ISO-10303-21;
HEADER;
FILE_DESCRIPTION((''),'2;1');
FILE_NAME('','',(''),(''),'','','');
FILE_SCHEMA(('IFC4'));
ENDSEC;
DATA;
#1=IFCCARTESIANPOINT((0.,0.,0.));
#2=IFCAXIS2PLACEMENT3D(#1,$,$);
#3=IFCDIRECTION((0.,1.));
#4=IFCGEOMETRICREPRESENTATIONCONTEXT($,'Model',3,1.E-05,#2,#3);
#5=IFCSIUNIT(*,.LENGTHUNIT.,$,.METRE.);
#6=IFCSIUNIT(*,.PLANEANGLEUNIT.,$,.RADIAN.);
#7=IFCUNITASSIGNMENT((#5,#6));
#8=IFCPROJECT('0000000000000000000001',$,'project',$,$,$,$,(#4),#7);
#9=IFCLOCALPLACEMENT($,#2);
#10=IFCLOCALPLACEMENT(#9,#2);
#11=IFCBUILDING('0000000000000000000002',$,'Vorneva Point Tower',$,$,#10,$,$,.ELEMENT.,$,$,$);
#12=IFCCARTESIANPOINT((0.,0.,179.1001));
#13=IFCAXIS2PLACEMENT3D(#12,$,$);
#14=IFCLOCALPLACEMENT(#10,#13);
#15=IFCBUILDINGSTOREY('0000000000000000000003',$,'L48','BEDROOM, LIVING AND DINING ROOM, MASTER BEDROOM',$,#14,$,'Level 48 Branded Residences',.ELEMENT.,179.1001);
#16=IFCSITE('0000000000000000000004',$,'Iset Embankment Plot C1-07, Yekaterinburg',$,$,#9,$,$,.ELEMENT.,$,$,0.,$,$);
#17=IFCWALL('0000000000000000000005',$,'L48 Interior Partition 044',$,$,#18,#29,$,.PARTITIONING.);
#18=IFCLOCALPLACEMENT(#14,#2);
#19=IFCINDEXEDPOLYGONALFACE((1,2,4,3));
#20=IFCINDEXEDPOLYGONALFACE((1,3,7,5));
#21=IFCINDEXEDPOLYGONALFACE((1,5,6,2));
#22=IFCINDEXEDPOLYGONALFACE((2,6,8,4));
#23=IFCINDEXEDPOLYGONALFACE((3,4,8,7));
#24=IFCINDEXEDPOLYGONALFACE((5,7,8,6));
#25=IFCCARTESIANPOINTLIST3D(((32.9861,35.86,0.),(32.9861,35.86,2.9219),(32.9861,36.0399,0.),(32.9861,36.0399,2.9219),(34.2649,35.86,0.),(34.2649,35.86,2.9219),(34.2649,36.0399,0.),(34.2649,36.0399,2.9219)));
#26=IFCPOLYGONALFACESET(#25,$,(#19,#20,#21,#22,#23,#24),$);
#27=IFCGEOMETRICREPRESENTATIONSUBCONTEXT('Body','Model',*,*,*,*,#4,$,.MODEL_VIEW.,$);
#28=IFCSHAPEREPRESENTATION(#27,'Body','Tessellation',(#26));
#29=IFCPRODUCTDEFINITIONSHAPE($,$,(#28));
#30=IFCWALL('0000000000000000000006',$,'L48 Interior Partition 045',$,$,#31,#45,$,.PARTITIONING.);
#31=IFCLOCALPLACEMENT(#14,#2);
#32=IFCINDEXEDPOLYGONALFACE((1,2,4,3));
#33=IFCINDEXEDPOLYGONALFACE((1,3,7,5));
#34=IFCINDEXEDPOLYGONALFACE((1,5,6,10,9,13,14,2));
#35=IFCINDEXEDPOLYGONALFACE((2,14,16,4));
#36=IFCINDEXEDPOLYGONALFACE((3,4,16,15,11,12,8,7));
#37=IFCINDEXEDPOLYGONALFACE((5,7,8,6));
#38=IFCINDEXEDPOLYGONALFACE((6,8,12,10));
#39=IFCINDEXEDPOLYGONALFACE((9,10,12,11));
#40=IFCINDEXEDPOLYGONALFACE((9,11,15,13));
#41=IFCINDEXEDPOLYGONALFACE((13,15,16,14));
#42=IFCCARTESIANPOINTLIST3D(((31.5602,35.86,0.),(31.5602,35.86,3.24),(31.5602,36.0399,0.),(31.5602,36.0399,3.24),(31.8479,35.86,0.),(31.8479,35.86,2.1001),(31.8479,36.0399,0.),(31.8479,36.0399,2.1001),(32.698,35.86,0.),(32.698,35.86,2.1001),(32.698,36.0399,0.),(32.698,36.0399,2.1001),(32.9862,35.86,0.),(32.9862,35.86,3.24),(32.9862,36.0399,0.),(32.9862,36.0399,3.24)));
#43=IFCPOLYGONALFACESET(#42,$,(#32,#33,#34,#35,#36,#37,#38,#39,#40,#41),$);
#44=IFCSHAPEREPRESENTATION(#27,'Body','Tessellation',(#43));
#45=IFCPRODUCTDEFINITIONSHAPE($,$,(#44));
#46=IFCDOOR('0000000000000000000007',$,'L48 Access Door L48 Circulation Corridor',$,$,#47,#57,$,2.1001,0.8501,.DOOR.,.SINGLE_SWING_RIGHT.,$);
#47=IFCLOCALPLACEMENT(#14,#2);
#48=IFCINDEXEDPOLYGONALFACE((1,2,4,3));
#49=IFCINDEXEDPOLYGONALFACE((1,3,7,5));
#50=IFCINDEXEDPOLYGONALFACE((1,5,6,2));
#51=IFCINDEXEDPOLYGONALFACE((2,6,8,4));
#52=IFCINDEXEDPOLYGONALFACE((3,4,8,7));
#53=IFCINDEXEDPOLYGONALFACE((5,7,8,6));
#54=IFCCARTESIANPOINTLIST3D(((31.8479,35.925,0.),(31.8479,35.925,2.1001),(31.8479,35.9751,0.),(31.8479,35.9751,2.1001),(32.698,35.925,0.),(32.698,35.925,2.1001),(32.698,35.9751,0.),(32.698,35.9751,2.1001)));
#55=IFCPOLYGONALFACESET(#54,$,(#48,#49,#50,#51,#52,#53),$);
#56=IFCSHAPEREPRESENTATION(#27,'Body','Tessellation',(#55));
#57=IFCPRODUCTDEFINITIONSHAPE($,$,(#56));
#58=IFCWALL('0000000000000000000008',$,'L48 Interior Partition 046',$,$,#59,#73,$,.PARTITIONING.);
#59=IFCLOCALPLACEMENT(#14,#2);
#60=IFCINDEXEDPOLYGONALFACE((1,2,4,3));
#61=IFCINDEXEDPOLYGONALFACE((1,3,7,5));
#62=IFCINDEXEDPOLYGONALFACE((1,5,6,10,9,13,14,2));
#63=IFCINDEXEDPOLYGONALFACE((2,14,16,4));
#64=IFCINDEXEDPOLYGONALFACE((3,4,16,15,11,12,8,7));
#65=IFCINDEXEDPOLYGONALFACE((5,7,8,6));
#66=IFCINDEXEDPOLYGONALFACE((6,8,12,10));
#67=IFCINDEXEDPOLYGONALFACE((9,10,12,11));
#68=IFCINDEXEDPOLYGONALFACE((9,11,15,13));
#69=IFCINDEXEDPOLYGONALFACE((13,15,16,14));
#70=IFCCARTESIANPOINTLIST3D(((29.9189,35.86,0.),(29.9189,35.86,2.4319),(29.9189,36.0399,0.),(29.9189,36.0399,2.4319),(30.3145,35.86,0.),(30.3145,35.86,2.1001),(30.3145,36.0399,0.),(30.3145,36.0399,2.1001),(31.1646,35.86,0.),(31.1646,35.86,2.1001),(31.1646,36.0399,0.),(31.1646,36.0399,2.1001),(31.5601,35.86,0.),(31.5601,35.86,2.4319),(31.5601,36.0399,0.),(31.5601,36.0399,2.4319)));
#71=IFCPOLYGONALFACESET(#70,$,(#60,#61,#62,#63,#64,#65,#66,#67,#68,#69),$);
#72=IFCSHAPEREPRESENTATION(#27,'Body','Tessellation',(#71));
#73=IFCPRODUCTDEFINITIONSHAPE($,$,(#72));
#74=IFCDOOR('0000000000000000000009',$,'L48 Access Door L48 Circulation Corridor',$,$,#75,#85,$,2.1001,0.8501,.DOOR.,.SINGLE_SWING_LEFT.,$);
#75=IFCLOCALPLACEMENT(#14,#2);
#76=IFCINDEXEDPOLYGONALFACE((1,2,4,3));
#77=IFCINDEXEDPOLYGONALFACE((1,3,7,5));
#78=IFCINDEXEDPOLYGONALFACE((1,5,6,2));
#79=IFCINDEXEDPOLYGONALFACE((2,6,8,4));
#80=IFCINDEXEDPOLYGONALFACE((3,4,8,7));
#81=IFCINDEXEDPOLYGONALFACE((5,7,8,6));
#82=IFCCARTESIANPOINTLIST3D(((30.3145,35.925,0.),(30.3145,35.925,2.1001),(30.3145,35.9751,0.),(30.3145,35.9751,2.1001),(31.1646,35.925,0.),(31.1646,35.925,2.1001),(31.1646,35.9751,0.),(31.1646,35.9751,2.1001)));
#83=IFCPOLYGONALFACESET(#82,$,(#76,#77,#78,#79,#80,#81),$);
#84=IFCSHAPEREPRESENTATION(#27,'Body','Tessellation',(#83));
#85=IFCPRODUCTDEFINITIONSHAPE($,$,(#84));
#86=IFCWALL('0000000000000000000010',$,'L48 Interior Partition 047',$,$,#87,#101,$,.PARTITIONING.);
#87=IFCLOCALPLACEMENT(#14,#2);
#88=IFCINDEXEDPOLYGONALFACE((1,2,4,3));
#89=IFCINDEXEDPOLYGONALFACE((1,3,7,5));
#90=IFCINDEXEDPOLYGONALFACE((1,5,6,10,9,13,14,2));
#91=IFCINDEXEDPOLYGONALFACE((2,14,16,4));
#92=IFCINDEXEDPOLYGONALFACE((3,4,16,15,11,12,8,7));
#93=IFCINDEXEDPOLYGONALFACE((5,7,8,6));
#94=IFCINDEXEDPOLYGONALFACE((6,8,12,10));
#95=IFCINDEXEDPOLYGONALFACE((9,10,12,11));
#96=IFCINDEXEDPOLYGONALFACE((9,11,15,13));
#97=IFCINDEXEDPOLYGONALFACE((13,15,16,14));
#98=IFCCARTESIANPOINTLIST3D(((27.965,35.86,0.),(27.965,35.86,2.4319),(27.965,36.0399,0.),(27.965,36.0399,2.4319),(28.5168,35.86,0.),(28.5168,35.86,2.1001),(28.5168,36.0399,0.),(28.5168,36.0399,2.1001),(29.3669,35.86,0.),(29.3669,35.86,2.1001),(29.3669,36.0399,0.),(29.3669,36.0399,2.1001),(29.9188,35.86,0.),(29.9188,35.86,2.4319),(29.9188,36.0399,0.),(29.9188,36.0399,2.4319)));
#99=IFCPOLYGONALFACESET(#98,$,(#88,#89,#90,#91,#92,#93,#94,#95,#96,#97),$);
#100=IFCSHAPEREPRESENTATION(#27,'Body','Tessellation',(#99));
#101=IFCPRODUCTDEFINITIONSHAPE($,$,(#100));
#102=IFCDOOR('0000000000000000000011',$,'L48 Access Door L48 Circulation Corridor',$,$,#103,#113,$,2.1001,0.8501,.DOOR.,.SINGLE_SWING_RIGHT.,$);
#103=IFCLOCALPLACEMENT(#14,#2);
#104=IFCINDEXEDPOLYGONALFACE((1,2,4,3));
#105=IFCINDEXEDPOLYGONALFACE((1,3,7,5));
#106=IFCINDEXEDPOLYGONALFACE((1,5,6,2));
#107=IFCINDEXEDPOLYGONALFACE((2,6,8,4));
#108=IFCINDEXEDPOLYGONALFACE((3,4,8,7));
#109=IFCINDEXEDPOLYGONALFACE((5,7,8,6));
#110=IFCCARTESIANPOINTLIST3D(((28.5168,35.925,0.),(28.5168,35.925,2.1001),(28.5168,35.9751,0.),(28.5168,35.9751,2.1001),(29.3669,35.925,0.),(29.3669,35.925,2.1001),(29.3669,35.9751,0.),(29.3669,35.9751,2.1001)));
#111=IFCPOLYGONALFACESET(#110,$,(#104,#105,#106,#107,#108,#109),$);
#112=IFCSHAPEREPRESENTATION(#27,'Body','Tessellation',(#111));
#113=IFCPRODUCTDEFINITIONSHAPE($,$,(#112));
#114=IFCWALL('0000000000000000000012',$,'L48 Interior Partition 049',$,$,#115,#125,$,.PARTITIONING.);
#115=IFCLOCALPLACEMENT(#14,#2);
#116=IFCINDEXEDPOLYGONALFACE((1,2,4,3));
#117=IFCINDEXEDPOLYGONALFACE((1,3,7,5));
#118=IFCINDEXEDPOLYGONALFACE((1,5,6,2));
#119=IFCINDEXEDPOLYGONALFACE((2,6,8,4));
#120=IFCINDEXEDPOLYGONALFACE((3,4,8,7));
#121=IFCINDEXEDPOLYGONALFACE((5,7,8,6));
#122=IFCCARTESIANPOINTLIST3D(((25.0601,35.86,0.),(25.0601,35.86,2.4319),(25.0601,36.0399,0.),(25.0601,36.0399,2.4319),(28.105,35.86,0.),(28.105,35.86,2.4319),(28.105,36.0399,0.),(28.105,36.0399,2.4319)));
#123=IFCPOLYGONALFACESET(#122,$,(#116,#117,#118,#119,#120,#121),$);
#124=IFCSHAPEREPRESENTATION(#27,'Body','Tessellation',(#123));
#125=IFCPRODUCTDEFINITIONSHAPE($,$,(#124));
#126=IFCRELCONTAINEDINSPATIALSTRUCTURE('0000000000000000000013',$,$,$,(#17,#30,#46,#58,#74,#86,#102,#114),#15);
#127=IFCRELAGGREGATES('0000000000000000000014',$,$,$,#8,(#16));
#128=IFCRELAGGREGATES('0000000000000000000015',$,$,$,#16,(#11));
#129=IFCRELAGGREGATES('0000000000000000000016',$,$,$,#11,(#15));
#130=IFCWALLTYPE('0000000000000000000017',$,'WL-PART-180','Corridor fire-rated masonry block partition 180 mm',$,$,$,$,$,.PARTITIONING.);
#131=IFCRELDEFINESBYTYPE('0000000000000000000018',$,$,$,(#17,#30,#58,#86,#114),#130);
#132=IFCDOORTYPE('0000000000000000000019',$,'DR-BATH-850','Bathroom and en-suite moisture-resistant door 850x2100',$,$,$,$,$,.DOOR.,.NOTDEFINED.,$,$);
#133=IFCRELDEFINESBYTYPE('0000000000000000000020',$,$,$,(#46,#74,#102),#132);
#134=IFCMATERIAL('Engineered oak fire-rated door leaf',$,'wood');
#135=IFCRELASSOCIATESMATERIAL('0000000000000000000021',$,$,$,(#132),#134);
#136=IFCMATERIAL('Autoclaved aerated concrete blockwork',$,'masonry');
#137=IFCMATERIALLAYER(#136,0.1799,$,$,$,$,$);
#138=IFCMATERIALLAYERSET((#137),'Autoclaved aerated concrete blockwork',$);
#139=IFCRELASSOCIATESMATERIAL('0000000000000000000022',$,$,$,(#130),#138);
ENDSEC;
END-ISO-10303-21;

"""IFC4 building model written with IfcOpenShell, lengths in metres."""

from ifc_helpers import new_model, si_unit, direction, frame, frame_2d, origin, place, context, subcontext, project, spatial, rectangle, extrude, material, layer, layer_set, type_object, element, fill, save


model = new_model("IFC4")

# Units and contexts
model_context = context("Model", 3, precision=1e-05, world=origin(), true_north=direction((0.0, 1.0)))
body_context = subcontext(model_context, "Body", "Model", "MODEL_VIEW")
ifc_project = project(units=[si_unit("LENGTHUNIT", "METRE"), si_unit("PLANEANGLEUNIT", "RADIAN")], contexts=[model_context])

# Site, building, storey
site_placement = place(None, origin())
site = spatial("IfcSite", under=ifc_project, at=site_placement, Name="Iset Embankment Plot C1-07, Yekaterinburg", CompositionType="ELEMENT", RefElevation=0.0)
building_placement = place(site_placement, origin())
building = spatial("IfcBuilding", under=site, at=building_placement, Name="Vorneva Point Tower", CompositionType="ELEMENT")
storey_placement = place(building_placement, frame((0.0, 0.0, 179.1001)))
storey = spatial("IfcBuildingStorey", under=building, at=storey_placement, Name="L48", Description="BEDROOM, LIVING AND DINING ROOM, MASTER BEDROOM", LongName="Level 48 Branded Residences", CompositionType="ELEMENT", Elevation=179.1001)

# Shared definitions
ifc_material_1 = material(Name="Engineered oak fire-rated door leaf", Category="wood")
door_type_1 = type_object("IfcDoorType", Name="DR-BATH-850", Description="Bathroom and en-suite moisture-resistant door 850x2100", OperationType="NOTDEFINED", PredefinedType="DOOR", material=ifc_material_1)

# Shared definitions
ifc_material_2 = material(Name="Autoclaved aerated concrete blockwork", Category="masonry")
ifc_layer_1 = layer(ifc_material_2, 0.1799)
ifc_layer_set_1 = layer_set([ifc_layer_1], Name="Autoclaved aerated concrete blockwork")
wall_type_1 = type_object("IfcWallType", Name="WL-PART-180", Description="Corridor fire-rated masonry block partition 180 mm", PredefinedType="PARTITIONING", material=ifc_layer_set_1)

# Wall
wall_1_placement = place(storey_placement, frame((34.2649, 35.95, 0.0), z_axis=(0.0, 0.0, 1.0), x_axis=(-1.0, 0.0, 0.0)))
element("IfcWall", 1, at=wall_1_placement, inside=storey, type_object=wall_type_1, Name="L48 Interior Partition 044", PredefinedType="PARTITIONING", context=body_context, shape_type="SweptSolid", body=[
    extrude(rectangle(XDim=1.2788, YDim=0.1799, at=frame_2d((0.6394, 0.0))), origin(), (0.0, 0.0, 1.0), 2.9219),
])

# Walls, openings, doors
wall_2_placement = place(storey_placement, frame((32.9861, 35.95, 0.0), z_axis=(0.0, 0.0, 1.0), x_axis=(-1.0, 0.0, 0.0)))
wall_2 = element("IfcWall", 2, at=wall_2_placement, inside=storey, type_object=wall_type_1, Name="L48 Interior Partition 045", PredefinedType="PARTITIONING", context=body_context, shape_type="SweptSolid", body=[
    extrude(rectangle(XDim=1.426, YDim=0.1799, at=frame_2d((0.7129, 0.0))), origin(), (0.0, 0.0, 1.0), 3.24),
])
opening_1_placement = place(wall_2_placement, frame((0.2881, 0.0, 0.0)))
opening_1 = element("IfcOpeningElement", 3, at=opening_1_placement, cuts=wall_2, PredefinedType="OPENING", context=body_context, shape_type="SweptSolid", body=[
    extrude(rectangle(XDim=0.8501, YDim=2.1001, at=frame_2d((0.425, 1.05))), frame((0.0, 0.105, 0.0), z_axis=(0.0, -1.0, 0.0), x_axis=(1.0, 0.0, 0.0)), (0.0, 0.0, 1.0), 0.2097),
])
door_1_placement = place(opening_1_placement, origin())
door_1 = element("IfcDoor", 4, at=door_1_placement, inside=storey, type_object=door_type_1, Name="L48 Access Door L48 Circulation Corridor", OperationType="SINGLE_SWING_RIGHT", OverallHeight=2.1001, OverallWidth=0.8501, PredefinedType="DOOR", context=body_context, shape_type="SweptSolid", body=[
    extrude(rectangle(XDim=0.8501, YDim=2.1001, at=frame_2d((0.425, 1.05))), frame((0.0, 0.0249, 0.0), z_axis=(0.0, -1.0, 0.0), x_axis=(1.0, 0.0, 0.0)), (0.0, 0.0, 1.0), 0.05),
])
fill(opening_1, door_1)
wall_3_placement = place(storey_placement, frame((31.5601, 35.95, 0.0), z_axis=(0.0, 0.0, 1.0), x_axis=(-1.0, 0.0, 0.0)))
wall_3 = element("IfcWall", 5, at=wall_3_placement, inside=storey, type_object=wall_type_1, Name="L48 Interior Partition 046", PredefinedType="PARTITIONING", context=body_context, shape_type="SweptSolid", body=[
    extrude(rectangle(XDim=1.6411, YDim=0.1799, at=frame_2d((0.8206, 0.0))), origin(), (0.0, 0.0, 1.0), 2.4319),
])
opening_2_placement = place(wall_3_placement, frame((0.3955, 0.0, 0.0)))
opening_2 = element("IfcOpeningElement", 6, at=opening_2_placement, cuts=wall_3, PredefinedType="OPENING", context=body_context, shape_type="SweptSolid", body=[
    extrude(rectangle(XDim=0.8501, YDim=2.1001, at=frame_2d((0.425, 1.05))), frame((0.0, 0.105, 0.0), z_axis=(0.0, -1.0, 0.0), x_axis=(1.0, 0.0, 0.0)), (0.0, 0.0, 1.0), 0.2097),
])
door_2_placement = place(opening_2_placement, origin())
door_2 = element("IfcDoor", 7, at=door_2_placement, inside=storey, type_object=door_type_1, Name="L48 Access Door L48 Circulation Corridor", OperationType="SINGLE_SWING_LEFT", OverallHeight=2.1001, OverallWidth=0.8501, PredefinedType="DOOR", context=body_context, shape_type="SweptSolid", body=[
    extrude(rectangle(XDim=0.8501, YDim=2.1001, at=frame_2d((0.425, 1.05))), frame((0.0, 0.0249, 0.0), z_axis=(0.0, -1.0, 0.0), x_axis=(1.0, 0.0, 0.0)), (0.0, 0.0, 1.0), 0.05),
])
fill(opening_2, door_2)
wall_4_placement = place(storey_placement, frame((29.9189, 35.95, 0.0), z_axis=(0.0, 0.0, 1.0), x_axis=(-1.0, 0.0, 0.0)))
wall_4 = element("IfcWall", 8, at=wall_4_placement, inside=storey, type_object=wall_type_1, Name="L48 Interior Partition 047", PredefinedType="PARTITIONING", context=body_context, shape_type="SweptSolid", body=[
    extrude(rectangle(XDim=1.9539, YDim=0.1799, at=frame_2d((0.9771, 0.0))), origin(), (0.0, 0.0, 1.0), 2.4319),
])
opening_3_placement = place(wall_4_placement, frame((0.552, 0.0, 0.0)))
opening_3 = element("IfcOpeningElement", 9, at=opening_3_placement, cuts=wall_4, PredefinedType="OPENING", context=body_context, shape_type="SweptSolid", body=[
    extrude(rectangle(XDim=0.8501, YDim=2.1001, at=frame_2d((0.425, 1.05))), frame((0.0, 0.105, 0.0), z_axis=(0.0, -1.0, 0.0), x_axis=(1.0, 0.0, 0.0)), (0.0, 0.0, 1.0), 0.2097),
])
door_3_placement = place(opening_3_placement, origin())
door_3 = element("IfcDoor", 10, at=door_3_placement, inside=storey, type_object=door_type_1, Name="L48 Access Door L48 Circulation Corridor", OperationType="SINGLE_SWING_RIGHT", OverallHeight=2.1001, OverallWidth=0.8501, PredefinedType="DOOR", context=body_context, shape_type="SweptSolid", body=[
    extrude(rectangle(XDim=0.8501, YDim=2.1001, at=frame_2d((0.425, 1.05))), frame((0.0, 0.0249, 0.0), z_axis=(0.0, -1.0, 0.0), x_axis=(1.0, 0.0, 0.0)), (0.0, 0.0, 1.0), 0.05),
])
fill(opening_3, door_3)

# Wall
wall_5_placement = place(storey_placement, frame((28.105, 35.95, 0.0), z_axis=(0.0, 0.0, 1.0), x_axis=(-1.0, 0.0, 0.0)))
element("IfcWall", 11, at=wall_5_placement, inside=storey, type_object=wall_type_1, Name="L48 Interior Partition 049", PredefinedType="PARTITIONING", context=body_context, shape_type="SweptSolid", body=[
    extrude(rectangle(XDim=3.0449, YDim=0.1799, at=frame_2d((1.5225, 0.0))), origin(), (0.0, 0.0, 1.0), 2.4319),
])

save(model, "model.ifc")
